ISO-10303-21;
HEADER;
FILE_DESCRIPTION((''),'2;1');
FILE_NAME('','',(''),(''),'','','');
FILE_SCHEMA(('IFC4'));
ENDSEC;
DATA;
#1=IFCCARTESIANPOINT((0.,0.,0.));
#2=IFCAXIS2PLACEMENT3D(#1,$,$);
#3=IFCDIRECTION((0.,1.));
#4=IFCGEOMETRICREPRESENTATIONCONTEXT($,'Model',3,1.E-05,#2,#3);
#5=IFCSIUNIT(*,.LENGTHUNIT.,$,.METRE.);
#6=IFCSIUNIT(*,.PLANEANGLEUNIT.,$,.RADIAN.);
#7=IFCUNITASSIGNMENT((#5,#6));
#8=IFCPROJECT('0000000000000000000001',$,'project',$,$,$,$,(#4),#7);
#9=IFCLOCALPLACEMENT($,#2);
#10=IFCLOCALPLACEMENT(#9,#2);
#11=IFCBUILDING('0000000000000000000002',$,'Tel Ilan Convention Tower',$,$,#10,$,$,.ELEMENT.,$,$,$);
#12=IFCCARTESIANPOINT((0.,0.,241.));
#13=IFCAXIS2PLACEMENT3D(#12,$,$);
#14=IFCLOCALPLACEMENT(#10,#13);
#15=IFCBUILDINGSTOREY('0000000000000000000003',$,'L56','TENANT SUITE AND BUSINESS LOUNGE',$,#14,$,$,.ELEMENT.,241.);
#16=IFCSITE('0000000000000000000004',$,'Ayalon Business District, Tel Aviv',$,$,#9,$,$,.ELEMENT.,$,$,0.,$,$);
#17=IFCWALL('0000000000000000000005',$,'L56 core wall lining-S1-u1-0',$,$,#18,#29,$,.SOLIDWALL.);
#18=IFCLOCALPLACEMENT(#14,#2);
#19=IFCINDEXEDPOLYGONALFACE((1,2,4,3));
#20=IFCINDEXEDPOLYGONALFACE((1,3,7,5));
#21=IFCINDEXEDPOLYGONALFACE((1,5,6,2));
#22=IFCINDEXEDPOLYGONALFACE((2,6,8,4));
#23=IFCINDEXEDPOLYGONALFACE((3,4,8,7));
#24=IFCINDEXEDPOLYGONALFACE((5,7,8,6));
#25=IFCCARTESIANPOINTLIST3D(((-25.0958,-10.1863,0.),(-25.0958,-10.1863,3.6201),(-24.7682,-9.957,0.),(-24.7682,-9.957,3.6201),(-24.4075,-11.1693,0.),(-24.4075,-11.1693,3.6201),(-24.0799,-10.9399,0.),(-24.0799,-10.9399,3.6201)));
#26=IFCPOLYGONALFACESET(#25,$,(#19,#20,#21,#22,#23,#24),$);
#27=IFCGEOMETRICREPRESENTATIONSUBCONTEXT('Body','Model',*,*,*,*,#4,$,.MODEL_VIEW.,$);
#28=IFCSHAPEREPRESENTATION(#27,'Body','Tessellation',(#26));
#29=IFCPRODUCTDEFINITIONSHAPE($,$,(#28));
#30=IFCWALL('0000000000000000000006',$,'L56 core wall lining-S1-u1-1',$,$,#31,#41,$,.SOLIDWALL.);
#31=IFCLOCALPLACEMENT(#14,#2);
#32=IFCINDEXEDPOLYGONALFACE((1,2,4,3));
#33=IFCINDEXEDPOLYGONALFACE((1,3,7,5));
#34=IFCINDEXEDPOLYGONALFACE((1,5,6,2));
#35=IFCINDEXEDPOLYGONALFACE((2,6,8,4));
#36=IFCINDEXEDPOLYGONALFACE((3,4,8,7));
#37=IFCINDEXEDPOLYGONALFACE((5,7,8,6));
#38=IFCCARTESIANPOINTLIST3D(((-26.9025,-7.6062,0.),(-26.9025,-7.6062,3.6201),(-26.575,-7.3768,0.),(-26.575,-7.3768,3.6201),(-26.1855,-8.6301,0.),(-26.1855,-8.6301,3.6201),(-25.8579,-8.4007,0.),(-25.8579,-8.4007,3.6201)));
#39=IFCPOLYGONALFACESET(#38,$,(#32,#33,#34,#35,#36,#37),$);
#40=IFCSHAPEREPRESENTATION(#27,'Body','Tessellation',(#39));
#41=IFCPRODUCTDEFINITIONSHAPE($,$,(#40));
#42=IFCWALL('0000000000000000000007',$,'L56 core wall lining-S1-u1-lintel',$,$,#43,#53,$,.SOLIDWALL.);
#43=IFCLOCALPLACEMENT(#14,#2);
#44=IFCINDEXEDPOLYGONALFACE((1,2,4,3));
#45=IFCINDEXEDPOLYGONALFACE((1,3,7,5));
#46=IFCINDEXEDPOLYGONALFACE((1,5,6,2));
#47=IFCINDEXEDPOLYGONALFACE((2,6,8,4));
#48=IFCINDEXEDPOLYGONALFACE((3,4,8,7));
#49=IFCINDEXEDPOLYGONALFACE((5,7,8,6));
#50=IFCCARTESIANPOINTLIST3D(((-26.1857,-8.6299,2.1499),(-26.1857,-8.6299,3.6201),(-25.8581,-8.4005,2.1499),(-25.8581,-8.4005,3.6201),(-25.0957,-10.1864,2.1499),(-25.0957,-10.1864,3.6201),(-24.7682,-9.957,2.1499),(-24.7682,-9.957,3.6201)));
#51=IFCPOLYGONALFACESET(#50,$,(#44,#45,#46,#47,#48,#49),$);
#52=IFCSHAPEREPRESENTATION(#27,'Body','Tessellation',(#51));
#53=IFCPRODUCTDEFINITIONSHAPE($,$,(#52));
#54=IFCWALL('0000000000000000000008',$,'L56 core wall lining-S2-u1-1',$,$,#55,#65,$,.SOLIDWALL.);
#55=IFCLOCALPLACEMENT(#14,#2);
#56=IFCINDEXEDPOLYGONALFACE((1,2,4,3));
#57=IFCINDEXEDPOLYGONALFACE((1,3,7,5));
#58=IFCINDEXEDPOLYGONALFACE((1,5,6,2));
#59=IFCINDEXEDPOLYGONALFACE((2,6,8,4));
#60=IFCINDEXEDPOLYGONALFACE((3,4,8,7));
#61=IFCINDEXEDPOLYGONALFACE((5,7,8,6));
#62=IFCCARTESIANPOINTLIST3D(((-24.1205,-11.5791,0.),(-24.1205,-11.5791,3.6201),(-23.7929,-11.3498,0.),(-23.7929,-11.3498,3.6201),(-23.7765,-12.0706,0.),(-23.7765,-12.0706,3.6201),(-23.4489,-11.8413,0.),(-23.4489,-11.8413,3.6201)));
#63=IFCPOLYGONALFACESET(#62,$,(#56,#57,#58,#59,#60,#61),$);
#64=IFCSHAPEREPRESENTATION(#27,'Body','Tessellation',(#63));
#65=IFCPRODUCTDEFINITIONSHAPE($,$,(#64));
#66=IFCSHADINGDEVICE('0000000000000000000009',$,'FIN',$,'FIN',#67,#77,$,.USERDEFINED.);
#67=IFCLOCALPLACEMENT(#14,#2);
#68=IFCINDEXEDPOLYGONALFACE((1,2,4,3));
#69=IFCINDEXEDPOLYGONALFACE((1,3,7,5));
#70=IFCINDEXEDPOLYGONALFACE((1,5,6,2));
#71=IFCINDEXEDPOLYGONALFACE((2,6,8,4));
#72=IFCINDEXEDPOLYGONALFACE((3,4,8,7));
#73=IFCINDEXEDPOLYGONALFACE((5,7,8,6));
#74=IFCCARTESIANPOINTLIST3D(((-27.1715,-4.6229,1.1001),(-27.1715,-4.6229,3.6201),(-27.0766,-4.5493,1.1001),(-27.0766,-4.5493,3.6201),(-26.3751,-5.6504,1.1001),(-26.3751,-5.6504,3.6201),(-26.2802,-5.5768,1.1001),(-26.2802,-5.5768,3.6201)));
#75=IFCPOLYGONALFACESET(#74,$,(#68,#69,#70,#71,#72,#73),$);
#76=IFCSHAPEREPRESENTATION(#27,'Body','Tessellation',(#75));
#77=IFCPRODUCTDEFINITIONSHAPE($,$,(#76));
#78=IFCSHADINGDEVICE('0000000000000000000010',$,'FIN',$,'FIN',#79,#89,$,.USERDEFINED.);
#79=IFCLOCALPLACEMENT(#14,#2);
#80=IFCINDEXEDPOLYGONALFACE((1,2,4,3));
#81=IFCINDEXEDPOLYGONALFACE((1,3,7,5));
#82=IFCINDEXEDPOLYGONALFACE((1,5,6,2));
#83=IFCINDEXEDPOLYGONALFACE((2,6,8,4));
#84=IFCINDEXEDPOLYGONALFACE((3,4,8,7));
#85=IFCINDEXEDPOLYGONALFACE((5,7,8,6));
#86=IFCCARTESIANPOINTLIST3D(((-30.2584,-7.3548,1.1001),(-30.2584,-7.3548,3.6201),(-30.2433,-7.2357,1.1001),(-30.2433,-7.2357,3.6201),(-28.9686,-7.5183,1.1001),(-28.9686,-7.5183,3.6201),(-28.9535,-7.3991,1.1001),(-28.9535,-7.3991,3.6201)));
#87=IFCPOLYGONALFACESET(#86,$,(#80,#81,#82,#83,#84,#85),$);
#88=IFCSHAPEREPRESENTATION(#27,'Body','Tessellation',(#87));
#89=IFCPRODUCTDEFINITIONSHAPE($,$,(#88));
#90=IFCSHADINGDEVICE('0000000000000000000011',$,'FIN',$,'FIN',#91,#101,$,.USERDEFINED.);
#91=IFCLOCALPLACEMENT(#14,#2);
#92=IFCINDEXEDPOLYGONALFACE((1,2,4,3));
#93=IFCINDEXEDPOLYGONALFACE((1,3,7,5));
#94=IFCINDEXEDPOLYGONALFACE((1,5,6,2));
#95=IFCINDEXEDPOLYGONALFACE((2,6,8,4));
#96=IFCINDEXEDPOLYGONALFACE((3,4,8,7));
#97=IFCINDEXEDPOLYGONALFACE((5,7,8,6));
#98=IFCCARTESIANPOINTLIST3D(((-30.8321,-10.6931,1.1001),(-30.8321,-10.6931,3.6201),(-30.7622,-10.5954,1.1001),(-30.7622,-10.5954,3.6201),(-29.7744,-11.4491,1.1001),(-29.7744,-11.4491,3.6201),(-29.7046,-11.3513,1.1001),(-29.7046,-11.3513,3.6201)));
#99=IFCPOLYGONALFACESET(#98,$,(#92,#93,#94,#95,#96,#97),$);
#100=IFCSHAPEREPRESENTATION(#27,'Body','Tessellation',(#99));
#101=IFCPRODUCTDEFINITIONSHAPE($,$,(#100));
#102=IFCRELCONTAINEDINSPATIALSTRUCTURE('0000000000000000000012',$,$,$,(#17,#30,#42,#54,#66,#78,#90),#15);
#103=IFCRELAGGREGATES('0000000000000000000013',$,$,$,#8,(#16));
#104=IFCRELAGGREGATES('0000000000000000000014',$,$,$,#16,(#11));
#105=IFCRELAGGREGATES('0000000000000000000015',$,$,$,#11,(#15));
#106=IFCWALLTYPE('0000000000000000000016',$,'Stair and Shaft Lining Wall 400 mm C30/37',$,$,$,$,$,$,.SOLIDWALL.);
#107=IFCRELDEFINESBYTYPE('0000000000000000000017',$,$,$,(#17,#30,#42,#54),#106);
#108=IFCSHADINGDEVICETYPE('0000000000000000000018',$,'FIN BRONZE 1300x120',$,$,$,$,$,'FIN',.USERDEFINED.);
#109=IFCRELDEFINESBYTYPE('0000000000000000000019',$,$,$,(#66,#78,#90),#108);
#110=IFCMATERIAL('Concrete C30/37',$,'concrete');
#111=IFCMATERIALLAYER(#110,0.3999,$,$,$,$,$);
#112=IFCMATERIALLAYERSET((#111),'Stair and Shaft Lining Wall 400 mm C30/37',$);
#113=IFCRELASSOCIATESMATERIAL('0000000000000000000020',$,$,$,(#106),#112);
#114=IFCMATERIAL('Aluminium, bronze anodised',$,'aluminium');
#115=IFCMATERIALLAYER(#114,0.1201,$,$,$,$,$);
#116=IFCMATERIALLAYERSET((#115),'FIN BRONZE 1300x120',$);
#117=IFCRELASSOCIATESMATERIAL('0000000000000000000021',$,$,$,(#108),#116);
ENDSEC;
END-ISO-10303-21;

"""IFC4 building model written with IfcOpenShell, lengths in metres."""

from ifc_helpers import new_model, si_unit, direction, frame, frame_2d, origin, origin_2d, place, context, subcontext, project, spatial, rectangle, extrude, material, layer, layer_set, type_object, element, save


model = new_model("IFC4")

# Units and contexts
model_context = context("Model", 3, precision=1e-05, world=origin(), true_north=direction((0.0, 1.0)))
body_context = subcontext(model_context, "Body", "Model", "MODEL_VIEW")
ifc_project = project(units=[si_unit("LENGTHUNIT", "METRE"), si_unit("PLANEANGLEUNIT", "RADIAN")], contexts=[model_context])

# Site, building, storey
site_placement = place(None, origin())
site = spatial("IfcSite", under=ifc_project, at=site_placement, Name="Ayalon Business District, Tel Aviv", CompositionType="ELEMENT", RefElevation=0.0)
building_placement = place(site_placement, origin())
building = spatial("IfcBuilding", under=site, at=building_placement, Name="Tel Ilan Convention Tower", CompositionType="ELEMENT")
storey_placement = place(building_placement, frame((0.0, 0.0, 241.0)))
storey = spatial("IfcBuildingStorey", under=building, at=storey_placement, Name="L56", Description="TENANT SUITE AND BUSINESS LOUNGE", CompositionType="ELEMENT", Elevation=241.0)

# Walls
ifc_material_1 = material(Name="Concrete C30/37", Category="concrete")
ifc_layer_1 = layer(ifc_material_1, 0.3999)
ifc_layer_set_1 = layer_set([ifc_layer_1], Name="Stair and Shaft Lining Wall 400 mm C30/37")
wall_type_1 = type_object("IfcWallType", Name="Stair and Shaft Lining Wall 400 mm C30/37", PredefinedType="SOLIDWALL", material=ifc_layer_set_1)
wall_1_placement = place(storey_placement, frame((-24.2437, -11.0547, 0.0), z_axis=(0.0, 0.0, 1.0), x_axis=(-0.573572, 0.819155, 0.0)))
element("IfcWall", 1, at=wall_1_placement, inside=storey, type_object=wall_type_1, Name="L56 core wall lining-S1-u1-0", PredefinedType="SOLIDWALL", context=body_context, shape_type="SweptSolid", body=[
    extrude(rectangle(XDim=1.2, YDim=0.3999, at=frame_2d((0.6001, 0.0))), origin(), (0.0, 0.0, 1.0), 3.6201),
])
wall_2_placement = place(storey_placement, frame((-26.0217, -8.5154, 0.0), z_axis=(0.0, 0.0, 1.0), x_axis=(-0.57362, 0.819122, 0.0)))
element("IfcWall", 2, at=wall_2_placement, inside=storey, type_object=wall_type_1, Name="L56 core wall lining-S1-u1-1", PredefinedType="SOLIDWALL", context=body_context, shape_type="SweptSolid", body=[
    extrude(rectangle(XDim=1.25, YDim=0.3999, at=frame_2d((0.625, 0.0))), origin(), (0.0, 0.0, 1.0), 3.6201),
])
wall_3_placement = place(storey_placement, frame((-24.9319, -10.0718, 2.1499), z_axis=(0.0, 0.0, 1.0), x_axis=(-0.573592, 0.819141, 0.0)))
element("IfcWall", 3, at=wall_3_placement, inside=storey, type_object=wall_type_1, Name="L56 core wall lining-S1-u1-lintel", PredefinedType="SOLIDWALL", context=body_context, shape_type="SweptSolid", body=[
    extrude(rectangle(XDim=1.9001, YDim=0.3999, at=frame_2d((0.9502, 0.0))), origin(), (0.0, 0.0, 1.0), 1.4702),
])
wall_4_placement = place(storey_placement, frame((-23.6128, -11.9558, 0.0), z_axis=(0.0, 0.0, 1.0), x_axis=(-0.573435, 0.819251, 0.0)))
element("IfcWall", 4, at=wall_4_placement, inside=storey, type_object=wall_type_1, Name="L56 core wall lining-S2-u1-1", PredefinedType="SOLIDWALL", context=body_context, shape_type="SweptSolid", body=[
    extrude(rectangle(XDim=0.5999, YDim=0.3999, at=frame_2d((0.2998, 0.0))), origin(), (0.0, 0.0, 1.0), 3.6201),
])

# Shading devices
ifc_material_2 = material(Name="Aluminium, bronze anodised", Category="aluminium")
ifc_layer_2 = layer(ifc_material_2, 0.1201)
ifc_layer_set_2 = layer_set([ifc_layer_2], Name="FIN BRONZE 1300x120")
shading_device_type = type_object("IfcShadingDeviceType", Name="FIN BRONZE 1300x120", ElementType="FIN", PredefinedType="USERDEFINED", material=ifc_layer_set_2)
for number, where, z_axis, x_axis, name in (
    (5, (-26.7258, -5.0999, 1.1001), (0.0, 0.0, 1.0), (-0.612601, 0.790393, 0.0), "FIN"),
    (6, (-29.606, -7.377, 1.1001), (0.0, 0.0, 1.0), (-0.992066, 0.125718, 0.0), "FIN"),
    (7, (-30.2683, -11.0222, 1.1001), (0.0, 0.0, 1.0), (-0.813552, 0.581492, 0.0), "FIN"),
):
    element("IfcShadingDevice", number, at=place(storey_placement, frame(where, z_axis=z_axis, x_axis=x_axis)), inside=storey, type_object=shading_device_type, Name=name, ObjectType="FIN", PredefinedType="USERDEFINED", context=body_context, shape_type="SweptSolid", body=[
        extrude(rectangle(XDim=1.3, YDim=0.1201, at=origin_2d()), origin(), (0.0, 0.0, 1.0), 2.52),
    ])

save(model, "model.ifc")
